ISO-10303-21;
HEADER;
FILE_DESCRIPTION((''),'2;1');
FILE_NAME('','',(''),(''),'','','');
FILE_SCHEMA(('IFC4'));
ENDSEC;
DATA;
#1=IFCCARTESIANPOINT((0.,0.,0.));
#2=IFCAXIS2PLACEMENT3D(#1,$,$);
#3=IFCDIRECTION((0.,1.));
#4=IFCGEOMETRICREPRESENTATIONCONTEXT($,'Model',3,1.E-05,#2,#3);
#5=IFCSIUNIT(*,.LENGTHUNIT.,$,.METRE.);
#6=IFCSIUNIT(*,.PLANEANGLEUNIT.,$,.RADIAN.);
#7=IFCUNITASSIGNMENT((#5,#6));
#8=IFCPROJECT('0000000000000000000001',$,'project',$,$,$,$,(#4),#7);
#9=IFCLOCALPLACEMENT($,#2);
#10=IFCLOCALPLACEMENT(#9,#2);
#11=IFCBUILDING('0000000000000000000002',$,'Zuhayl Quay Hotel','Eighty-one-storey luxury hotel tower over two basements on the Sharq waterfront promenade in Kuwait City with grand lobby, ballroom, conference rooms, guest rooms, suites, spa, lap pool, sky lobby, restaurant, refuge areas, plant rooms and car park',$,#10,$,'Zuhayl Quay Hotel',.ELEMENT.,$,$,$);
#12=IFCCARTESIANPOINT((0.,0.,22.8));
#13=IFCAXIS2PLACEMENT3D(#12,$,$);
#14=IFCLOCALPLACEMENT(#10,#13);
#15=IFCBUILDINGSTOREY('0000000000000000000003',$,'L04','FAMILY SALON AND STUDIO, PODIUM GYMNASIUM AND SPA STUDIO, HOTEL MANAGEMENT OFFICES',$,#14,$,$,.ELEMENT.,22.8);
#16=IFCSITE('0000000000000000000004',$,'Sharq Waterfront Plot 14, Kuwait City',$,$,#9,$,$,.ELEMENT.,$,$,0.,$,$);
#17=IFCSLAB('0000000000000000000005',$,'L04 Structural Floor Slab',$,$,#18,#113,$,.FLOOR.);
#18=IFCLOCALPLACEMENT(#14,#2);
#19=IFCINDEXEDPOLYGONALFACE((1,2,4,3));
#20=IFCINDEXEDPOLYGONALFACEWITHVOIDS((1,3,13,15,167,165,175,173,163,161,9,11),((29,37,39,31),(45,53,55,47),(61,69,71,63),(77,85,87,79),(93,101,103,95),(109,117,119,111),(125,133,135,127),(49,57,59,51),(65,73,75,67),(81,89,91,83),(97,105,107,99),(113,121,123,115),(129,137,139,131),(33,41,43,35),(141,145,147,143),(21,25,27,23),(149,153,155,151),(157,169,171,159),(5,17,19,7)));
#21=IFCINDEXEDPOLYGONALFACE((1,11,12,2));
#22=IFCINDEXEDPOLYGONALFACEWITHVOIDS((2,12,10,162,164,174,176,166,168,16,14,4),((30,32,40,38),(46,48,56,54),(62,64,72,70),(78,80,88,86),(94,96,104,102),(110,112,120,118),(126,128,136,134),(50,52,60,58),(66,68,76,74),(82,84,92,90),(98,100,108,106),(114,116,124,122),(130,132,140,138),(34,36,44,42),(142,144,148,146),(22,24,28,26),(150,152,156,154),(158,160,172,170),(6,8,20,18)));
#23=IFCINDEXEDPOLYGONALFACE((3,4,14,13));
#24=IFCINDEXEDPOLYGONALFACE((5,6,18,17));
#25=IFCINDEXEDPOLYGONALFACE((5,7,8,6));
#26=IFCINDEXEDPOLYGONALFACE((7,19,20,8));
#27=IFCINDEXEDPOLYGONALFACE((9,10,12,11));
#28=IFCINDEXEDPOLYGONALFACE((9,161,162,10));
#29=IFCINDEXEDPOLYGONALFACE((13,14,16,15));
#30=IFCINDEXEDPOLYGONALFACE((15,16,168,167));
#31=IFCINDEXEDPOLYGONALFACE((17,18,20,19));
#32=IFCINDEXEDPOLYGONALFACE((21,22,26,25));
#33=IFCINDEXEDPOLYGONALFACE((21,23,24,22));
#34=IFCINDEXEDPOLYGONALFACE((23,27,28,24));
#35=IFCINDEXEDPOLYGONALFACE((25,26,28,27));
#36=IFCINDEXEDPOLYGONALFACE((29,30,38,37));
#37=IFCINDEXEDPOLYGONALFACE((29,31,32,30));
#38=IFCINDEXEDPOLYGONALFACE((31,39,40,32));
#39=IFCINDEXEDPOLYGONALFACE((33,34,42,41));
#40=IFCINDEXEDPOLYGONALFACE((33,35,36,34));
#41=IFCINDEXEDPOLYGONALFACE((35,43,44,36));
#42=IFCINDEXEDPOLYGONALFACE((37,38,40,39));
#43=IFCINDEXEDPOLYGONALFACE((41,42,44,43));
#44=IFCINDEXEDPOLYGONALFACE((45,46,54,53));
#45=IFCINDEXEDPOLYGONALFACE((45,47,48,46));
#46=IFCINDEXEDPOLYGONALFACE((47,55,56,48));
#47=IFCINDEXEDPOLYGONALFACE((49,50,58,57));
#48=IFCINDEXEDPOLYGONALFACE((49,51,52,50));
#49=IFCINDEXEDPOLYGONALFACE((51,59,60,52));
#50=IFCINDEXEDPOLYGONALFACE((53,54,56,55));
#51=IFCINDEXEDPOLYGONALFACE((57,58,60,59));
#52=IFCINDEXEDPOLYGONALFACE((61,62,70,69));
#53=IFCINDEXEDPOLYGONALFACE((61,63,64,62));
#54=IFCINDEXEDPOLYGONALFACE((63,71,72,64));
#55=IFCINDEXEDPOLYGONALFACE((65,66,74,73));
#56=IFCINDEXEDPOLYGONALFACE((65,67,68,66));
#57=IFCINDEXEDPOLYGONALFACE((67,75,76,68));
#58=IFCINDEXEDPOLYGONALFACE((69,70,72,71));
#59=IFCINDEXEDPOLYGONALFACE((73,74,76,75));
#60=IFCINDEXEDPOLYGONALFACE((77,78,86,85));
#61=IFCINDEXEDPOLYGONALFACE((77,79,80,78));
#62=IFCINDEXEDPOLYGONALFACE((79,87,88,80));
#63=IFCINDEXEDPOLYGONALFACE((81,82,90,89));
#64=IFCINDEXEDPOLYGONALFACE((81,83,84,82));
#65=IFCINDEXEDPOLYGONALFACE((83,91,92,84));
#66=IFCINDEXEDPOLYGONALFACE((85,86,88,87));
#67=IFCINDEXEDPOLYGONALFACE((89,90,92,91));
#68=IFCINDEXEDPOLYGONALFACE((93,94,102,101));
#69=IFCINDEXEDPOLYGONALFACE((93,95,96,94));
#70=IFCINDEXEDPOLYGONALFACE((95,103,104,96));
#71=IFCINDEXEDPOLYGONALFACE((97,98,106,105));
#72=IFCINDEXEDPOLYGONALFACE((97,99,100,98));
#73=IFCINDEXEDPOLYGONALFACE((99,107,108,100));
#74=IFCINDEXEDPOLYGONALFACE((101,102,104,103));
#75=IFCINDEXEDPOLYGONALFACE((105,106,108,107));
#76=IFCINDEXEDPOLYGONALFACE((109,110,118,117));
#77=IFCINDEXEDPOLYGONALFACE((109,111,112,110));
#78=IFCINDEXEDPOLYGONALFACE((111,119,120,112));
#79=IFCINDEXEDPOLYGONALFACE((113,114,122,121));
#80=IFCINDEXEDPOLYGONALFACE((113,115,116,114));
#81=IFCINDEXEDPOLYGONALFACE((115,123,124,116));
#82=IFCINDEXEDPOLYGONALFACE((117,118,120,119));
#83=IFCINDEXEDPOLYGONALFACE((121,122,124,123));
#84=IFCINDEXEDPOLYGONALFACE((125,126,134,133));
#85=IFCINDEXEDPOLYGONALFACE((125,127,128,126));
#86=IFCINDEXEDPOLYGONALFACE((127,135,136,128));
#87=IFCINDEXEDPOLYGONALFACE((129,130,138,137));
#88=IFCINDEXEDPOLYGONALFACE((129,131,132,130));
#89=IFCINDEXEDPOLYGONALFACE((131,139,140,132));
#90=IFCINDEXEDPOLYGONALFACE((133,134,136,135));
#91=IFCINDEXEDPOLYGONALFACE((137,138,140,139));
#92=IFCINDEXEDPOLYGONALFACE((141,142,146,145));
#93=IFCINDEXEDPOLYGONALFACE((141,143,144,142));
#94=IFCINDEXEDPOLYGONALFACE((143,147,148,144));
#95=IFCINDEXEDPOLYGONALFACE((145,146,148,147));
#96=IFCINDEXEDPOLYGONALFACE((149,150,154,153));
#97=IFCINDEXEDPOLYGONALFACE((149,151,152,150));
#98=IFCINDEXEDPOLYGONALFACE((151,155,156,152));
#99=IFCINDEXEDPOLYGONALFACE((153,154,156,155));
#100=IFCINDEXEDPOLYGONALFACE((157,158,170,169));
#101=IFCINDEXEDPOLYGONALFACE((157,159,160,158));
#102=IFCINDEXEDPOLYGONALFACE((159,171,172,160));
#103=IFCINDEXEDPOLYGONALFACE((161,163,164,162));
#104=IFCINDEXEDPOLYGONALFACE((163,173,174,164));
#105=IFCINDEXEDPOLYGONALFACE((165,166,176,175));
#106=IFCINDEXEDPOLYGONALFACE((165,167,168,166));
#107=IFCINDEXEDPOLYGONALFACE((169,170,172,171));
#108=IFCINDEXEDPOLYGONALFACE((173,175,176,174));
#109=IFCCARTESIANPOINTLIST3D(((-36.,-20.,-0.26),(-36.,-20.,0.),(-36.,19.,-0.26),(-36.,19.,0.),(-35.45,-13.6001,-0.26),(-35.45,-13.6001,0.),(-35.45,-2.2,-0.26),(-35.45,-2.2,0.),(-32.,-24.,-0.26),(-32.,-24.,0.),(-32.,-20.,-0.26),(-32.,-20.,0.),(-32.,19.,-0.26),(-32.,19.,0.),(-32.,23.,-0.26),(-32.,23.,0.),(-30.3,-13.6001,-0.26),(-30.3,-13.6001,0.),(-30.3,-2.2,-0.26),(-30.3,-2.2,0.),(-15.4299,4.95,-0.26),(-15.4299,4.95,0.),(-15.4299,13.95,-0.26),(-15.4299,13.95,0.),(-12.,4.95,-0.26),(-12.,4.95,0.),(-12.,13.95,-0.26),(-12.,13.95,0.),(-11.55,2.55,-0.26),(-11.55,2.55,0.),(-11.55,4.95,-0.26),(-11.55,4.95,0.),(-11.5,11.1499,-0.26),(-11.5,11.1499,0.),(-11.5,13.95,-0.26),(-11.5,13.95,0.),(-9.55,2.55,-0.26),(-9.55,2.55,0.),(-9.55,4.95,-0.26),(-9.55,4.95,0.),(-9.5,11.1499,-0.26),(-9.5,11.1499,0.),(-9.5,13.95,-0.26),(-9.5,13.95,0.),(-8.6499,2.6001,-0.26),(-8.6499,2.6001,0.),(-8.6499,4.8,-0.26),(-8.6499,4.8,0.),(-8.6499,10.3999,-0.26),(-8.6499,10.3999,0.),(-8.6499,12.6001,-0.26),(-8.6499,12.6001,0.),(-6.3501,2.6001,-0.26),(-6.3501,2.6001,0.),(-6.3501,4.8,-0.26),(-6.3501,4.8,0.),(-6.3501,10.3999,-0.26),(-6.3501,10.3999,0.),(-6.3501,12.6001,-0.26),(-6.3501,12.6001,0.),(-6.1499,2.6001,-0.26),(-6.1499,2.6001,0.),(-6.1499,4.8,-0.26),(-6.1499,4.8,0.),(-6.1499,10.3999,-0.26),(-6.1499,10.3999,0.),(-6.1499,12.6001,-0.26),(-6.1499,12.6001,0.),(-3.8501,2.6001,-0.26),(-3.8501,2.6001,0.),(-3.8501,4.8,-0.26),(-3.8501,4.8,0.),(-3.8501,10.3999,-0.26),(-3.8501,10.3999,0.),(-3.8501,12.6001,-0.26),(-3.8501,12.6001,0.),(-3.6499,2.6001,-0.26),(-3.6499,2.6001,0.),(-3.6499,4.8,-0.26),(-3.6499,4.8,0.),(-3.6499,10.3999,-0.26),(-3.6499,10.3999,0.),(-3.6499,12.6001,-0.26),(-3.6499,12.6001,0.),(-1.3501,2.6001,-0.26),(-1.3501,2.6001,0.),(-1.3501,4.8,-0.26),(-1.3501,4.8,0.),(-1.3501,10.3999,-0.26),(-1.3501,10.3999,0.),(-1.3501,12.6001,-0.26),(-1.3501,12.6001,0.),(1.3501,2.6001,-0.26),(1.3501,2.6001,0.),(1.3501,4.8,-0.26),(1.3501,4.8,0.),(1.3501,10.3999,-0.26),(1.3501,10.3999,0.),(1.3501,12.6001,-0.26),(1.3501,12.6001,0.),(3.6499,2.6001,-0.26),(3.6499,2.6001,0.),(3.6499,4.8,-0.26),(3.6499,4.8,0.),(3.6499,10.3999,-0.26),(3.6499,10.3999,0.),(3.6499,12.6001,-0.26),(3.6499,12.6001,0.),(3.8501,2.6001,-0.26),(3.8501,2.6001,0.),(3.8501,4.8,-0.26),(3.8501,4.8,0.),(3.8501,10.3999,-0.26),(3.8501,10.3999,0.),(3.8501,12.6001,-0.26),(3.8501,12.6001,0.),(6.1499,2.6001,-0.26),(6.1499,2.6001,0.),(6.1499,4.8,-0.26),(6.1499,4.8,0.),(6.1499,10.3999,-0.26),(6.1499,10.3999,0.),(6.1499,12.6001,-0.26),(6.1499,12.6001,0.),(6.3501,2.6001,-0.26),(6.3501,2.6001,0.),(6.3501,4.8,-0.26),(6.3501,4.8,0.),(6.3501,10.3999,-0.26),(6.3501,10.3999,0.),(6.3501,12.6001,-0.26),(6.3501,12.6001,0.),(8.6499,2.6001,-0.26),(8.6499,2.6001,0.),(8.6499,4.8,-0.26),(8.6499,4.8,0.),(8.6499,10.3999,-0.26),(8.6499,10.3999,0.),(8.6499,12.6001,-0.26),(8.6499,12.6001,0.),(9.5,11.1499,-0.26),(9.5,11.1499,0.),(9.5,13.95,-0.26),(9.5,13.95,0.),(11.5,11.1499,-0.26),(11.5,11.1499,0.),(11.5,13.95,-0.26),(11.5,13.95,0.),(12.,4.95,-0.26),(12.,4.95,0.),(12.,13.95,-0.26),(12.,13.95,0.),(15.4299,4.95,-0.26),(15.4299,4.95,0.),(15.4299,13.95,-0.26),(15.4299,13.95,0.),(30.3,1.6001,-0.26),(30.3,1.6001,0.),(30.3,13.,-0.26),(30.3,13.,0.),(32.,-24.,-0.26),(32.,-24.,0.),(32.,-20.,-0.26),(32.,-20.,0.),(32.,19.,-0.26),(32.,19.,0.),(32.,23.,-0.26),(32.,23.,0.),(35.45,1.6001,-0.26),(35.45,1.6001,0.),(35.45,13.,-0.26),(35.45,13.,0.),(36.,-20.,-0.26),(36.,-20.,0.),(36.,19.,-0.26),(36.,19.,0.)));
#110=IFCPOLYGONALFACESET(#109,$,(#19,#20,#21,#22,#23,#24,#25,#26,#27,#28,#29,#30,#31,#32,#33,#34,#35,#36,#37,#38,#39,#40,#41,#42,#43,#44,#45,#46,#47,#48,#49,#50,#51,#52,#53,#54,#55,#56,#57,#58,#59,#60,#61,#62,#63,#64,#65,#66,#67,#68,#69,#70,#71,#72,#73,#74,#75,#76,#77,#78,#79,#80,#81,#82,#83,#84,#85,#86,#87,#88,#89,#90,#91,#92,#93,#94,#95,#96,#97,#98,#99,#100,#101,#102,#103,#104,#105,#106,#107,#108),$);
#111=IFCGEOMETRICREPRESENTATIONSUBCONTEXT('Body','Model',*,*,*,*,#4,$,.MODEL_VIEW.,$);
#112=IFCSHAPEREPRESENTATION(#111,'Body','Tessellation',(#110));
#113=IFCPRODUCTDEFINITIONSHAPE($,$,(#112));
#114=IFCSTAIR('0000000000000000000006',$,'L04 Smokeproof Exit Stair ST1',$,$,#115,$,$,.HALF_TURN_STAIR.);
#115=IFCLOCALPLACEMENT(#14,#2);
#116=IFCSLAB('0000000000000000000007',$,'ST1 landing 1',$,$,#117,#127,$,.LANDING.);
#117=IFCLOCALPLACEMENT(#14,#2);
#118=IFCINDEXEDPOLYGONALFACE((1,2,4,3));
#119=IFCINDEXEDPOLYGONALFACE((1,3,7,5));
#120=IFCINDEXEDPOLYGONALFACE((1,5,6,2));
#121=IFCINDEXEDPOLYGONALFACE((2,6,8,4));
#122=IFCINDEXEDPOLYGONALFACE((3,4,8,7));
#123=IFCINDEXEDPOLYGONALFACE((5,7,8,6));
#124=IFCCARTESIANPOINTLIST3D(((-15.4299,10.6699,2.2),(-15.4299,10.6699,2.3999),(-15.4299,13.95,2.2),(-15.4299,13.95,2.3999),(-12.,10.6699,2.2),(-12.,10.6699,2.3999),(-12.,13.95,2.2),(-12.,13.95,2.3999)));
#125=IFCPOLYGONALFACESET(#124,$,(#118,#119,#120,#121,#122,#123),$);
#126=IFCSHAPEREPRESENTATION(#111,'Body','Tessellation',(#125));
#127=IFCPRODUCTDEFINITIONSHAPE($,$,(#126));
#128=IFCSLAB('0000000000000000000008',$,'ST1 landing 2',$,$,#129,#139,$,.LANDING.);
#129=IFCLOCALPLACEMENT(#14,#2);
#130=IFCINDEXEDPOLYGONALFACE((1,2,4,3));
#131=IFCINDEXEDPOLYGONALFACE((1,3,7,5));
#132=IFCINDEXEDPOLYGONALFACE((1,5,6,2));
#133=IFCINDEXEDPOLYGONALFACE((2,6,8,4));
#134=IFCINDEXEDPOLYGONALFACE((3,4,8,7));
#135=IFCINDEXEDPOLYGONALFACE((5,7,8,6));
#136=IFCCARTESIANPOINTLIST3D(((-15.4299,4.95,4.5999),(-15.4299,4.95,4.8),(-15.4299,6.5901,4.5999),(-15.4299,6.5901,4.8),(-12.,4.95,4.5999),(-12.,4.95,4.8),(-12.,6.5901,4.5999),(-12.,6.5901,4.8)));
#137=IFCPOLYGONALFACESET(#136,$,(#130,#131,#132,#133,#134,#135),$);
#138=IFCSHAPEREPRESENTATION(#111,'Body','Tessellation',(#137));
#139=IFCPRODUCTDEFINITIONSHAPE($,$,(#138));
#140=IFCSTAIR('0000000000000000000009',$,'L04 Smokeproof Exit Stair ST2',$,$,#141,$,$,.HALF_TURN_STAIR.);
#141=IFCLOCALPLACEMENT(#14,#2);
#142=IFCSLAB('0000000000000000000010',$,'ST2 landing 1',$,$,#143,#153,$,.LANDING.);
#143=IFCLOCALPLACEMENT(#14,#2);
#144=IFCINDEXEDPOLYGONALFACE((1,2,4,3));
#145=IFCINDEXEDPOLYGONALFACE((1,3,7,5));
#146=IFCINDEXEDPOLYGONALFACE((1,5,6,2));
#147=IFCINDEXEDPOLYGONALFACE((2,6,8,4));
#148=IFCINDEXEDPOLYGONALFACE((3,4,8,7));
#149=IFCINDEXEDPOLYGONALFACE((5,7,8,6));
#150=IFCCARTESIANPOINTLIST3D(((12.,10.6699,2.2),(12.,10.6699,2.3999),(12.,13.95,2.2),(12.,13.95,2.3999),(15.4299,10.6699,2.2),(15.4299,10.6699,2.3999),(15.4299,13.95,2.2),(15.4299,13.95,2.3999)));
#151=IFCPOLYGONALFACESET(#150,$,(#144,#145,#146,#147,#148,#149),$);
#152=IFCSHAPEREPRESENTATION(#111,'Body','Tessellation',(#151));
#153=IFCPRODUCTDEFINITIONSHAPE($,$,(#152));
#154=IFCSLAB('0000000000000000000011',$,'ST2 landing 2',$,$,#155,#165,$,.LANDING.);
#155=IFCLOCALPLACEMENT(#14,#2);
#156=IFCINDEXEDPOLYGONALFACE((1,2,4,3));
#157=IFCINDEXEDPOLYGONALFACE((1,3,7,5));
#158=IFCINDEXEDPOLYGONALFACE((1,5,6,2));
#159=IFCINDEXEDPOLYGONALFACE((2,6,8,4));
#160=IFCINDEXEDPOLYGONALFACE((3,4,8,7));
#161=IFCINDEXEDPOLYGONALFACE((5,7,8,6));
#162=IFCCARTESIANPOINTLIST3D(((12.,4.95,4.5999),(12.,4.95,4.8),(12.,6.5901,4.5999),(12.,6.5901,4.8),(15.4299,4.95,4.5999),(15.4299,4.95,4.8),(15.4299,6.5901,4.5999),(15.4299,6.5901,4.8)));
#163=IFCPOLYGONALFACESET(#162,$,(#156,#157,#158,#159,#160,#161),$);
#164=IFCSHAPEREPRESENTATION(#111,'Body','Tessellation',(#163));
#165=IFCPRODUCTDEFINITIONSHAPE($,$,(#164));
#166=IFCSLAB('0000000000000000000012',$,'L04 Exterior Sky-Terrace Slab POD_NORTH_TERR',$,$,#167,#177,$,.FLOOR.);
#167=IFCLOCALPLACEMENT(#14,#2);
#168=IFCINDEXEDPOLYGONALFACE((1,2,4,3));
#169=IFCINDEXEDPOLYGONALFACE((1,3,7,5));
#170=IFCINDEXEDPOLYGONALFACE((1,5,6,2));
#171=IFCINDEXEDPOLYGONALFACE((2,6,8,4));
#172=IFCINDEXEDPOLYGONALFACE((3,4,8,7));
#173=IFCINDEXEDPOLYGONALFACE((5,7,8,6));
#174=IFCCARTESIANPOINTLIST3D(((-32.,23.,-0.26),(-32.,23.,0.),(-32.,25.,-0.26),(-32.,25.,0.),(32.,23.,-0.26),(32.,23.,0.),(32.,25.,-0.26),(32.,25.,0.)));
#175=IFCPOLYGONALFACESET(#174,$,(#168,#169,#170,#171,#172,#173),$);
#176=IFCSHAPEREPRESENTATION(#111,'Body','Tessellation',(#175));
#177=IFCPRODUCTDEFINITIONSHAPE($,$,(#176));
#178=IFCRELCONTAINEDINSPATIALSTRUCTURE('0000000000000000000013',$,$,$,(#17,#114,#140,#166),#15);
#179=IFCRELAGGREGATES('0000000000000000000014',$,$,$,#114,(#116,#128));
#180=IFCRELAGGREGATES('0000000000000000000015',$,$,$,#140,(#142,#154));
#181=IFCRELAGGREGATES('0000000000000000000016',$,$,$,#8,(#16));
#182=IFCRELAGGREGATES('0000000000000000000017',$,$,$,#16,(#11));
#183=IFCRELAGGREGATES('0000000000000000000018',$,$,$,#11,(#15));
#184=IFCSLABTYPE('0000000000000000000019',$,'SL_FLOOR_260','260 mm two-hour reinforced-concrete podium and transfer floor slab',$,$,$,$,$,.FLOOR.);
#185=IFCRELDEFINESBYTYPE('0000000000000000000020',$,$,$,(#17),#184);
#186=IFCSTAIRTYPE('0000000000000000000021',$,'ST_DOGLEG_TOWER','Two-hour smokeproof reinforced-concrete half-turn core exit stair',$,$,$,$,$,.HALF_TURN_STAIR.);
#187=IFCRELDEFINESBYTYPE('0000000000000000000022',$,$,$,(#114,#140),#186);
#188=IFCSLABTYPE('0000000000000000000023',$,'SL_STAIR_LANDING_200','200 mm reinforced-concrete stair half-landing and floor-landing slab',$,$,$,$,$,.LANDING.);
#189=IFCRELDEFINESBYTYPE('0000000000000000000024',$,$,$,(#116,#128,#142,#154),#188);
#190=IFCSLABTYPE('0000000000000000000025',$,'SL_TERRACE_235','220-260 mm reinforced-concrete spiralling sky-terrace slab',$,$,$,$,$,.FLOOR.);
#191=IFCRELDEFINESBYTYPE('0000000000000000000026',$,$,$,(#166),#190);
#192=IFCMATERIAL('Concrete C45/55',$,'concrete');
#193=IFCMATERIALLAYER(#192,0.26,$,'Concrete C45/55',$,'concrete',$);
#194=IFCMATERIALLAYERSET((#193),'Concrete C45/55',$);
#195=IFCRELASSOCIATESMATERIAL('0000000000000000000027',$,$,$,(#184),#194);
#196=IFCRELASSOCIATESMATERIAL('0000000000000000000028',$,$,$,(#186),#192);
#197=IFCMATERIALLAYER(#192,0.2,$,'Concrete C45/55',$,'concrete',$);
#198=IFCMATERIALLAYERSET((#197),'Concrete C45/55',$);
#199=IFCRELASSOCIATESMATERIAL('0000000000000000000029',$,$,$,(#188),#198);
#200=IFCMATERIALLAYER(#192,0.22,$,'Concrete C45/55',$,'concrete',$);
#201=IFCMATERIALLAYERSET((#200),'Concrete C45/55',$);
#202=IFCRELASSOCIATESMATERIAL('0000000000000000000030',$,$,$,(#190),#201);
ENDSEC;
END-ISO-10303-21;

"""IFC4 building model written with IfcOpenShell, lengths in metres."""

from ifc_helpers import new_model, si_unit, direction, frame, origin, place, context, subcontext, project, spatial, polyline, outline, extrude, material, layer, layer_set, type_object, element, aggregate, save


model = new_model("IFC4")

# Units and contexts
model_context = context("Model", 3, precision=1e-05, world=origin(), true_north=direction((0.0, 1.0)))
body_context = subcontext(model_context, "Body", "Model", "MODEL_VIEW")
ifc_project = project(units=[si_unit("LENGTHUNIT", "METRE"), si_unit("PLANEANGLEUNIT", "RADIAN")], contexts=[model_context])

# Site, building, storey
site_placement = place(None, origin())
site = spatial("IfcSite", under=ifc_project, at=site_placement, Name="Sharq Waterfront Plot 14, Kuwait City", CompositionType="ELEMENT", RefElevation=0.0)
building_placement = place(site_placement, origin())
building = spatial("IfcBuilding", under=site, at=building_placement, Name="Zuhayl Quay Hotel", Description="Eighty-one-storey luxury hotel tower over two basements on the Sharq waterfront promenade in Kuwait City with grand lobby, ballroom, conference rooms, guest rooms, suites, spa, lap pool, sky lobby, restaurant, refuge areas, plant rooms and car park", LongName="Zuhayl Quay Hotel", CompositionType="ELEMENT")
storey_placement = place(building_placement, frame((0.0, 0.0, 22.8)))
storey = spatial("IfcBuildingStorey", under=building, at=storey_placement, Name="L04", Description="FAMILY SALON AND STUDIO, PODIUM GYMNASIUM AND SPA STUDIO, HOTEL MANAGEMENT OFFICES", CompositionType="ELEMENT", Elevation=22.8)

# Slab
ifc_material_1 = material(Name="Concrete C45/55", Category="concrete")
ifc_layer_1 = layer(ifc_material_1, 0.26, Name="Concrete C45/55", Category="concrete")
ifc_layer_set_1 = layer_set([ifc_layer_1], Name="Concrete C45/55")
slab_type_1 = type_object("IfcSlabType", Name="SL_FLOOR_260", Description="260 mm two-hour reinforced-concrete podium and transfer floor slab", PredefinedType="FLOOR", material=ifc_layer_set_1)
slab_1_placement = place(storey_placement, frame((0.0, 0.0, -0.26)))
element("IfcSlab", 1, at=slab_1_placement, inside=storey, type_object=slab_type_1, Name="L04 Structural Floor Slab", PredefinedType="FLOOR", context=body_context, shape_type="SweptSolid", body=[
    extrude(outline(polyline([(-32.0, -24.0), (32.0, -24.0), (32.0, -20.0), (36.0, -20.0), (36.0, 19.0), (32.0, 19.0), (32.0, 23.0), (-32.0, 23.0), (-32.0, 19.0), (-36.0, 19.0), (-36.0, -20.0), (-32.0, -20.0), (-32.0, -24.0)]), holes=[polyline([(-12.0, 4.95), (-12.0, 13.95), (-15.4299, 13.95), (-15.4299, 4.95), (-12.0, 4.95)]), polyline([(15.4299, 4.95), (15.4299, 13.95), (12.0, 13.95), (12.0, 4.95), (15.4299, 4.95)]), polyline([(-30.3, -13.6001), (-30.3, -2.2), (-35.45, -2.2), (-35.45, -13.6001), (-30.3, -13.6001)]), polyline([(35.45, 1.6001), (35.45, 13.0), (30.3, 13.0), (30.3, 1.6001), (35.45, 1.6001)]), polyline([(-11.5, 11.1499), (-9.5, 11.1499), (-9.5, 13.95), (-11.5, 13.95), (-11.5, 11.1499)]), polyline([(9.5, 11.1499), (11.5, 11.1499), (11.5, 13.95), (9.5, 13.95), (9.5, 11.1499)]), polyline([(-8.6499, 2.6001), (-6.3501, 2.6001), (-6.3501, 4.8), (-8.6499, 4.8), (-8.6499, 2.6001)]), polyline([(-6.1499, 2.6001), (-3.8501, 2.6001), (-3.8501, 4.8), (-6.1499, 4.8), (-6.1499, 2.6001)]), polyline([(-8.6499, 10.3999), (-6.3501, 10.3999), (-6.3501, 12.6001), (-8.6499, 12.6001), (-8.6499, 10.3999)]), polyline([(-6.1499, 10.3999), (-3.8501, 10.3999), (-3.8501, 12.6001), (-6.1499, 12.6001), (-6.1499, 10.3999)]), polyline([(-3.6499, 2.6001), (-1.3501, 2.6001), (-1.3501, 4.8), (-3.6499, 4.8), (-3.6499, 2.6001)]), polyline([(1.3501, 2.6001), (3.6499, 2.6001), (3.6499, 4.8), (1.3501, 4.8), (1.3501, 2.6001)]), polyline([(-3.6499, 10.3999), (-1.3501, 10.3999), (-1.3501, 12.6001), (-3.6499, 12.6001), (-3.6499, 10.3999)]), polyline([(1.3501, 10.3999), (3.6499, 10.3999), (3.6499, 12.6001), (1.3501, 12.6001), (1.3501, 10.3999)]), polyline([(3.8501, 2.6001), (6.1499, 2.6001), (6.1499, 4.8), (3.8501, 4.8), (3.8501, 2.6001)]), polyline([(6.3501, 2.6001), (8.6499, 2.6001), (8.6499, 4.8), (6.3501, 4.8), (6.3501, 2.6001)]), polyline([(3.8501, 10.3999), (6.1499, 10.3999), (6.1499, 12.6001), (3.8501, 12.6001), (3.8501, 10.3999)]), polyline([(6.3501, 10.3999), (8.6499, 10.3999), (8.6499, 12.6001), (6.3501, 12.6001), (6.3501, 10.3999)]), polyline([(-11.55, 2.55), (-9.55, 2.55), (-9.55, 4.95), (-11.55, 4.95), (-11.55, 2.55)])]), origin(), (0.0, 0.0, 1.0), 0.26),
])

# Stairs, slabs
stair_type = type_object("IfcStairType", Name="ST_DOGLEG_TOWER", Description="Two-hour smokeproof reinforced-concrete half-turn core exit stair", PredefinedType="HALF_TURN_STAIR", material=ifc_material_1)
stair_1_placement = place(storey_placement, origin())
stair_1 = element("IfcStair", 2, at=stair_1_placement, inside=storey, type_object=stair_type, Name="L04 Smokeproof Exit Stair ST1", PredefinedType="HALF_TURN_STAIR")
ifc_layer_2 = layer(ifc_material_1, 0.2, Name="Concrete C45/55", Category="concrete")
ifc_layer_set_2 = layer_set([ifc_layer_2], Name="Concrete C45/55")
slab_type_2 = type_object("IfcSlabType", Name="SL_STAIR_LANDING_200", Description="200 mm reinforced-concrete stair half-landing and floor-landing slab", PredefinedType="LANDING", material=ifc_layer_set_2)
slab_2_placement = place(storey_placement, frame((0.0, 0.0, 2.2)))
slab_2 = element("IfcSlab", 3, at=slab_2_placement, type_object=slab_type_2, Name="ST1 landing 1", PredefinedType="LANDING", context=body_context, shape_type="SweptSolid", body=[
    extrude(outline(polyline([(-12.0, 10.6699), (-12.0, 13.95), (-15.4299, 13.95), (-15.4299, 10.6699), (-12.0, 10.6699)])), origin(), (0.0, 0.0, 1.0), 0.2),
])
slab_3_placement = place(storey_placement, frame((0.0, 0.0, 4.5999)))
slab_3 = element("IfcSlab", 4, at=slab_3_placement, type_object=slab_type_2, Name="ST1 landing 2", PredefinedType="LANDING", context=body_context, shape_type="SweptSolid", body=[
    extrude(outline(polyline([(-12.0, 4.95), (-12.0, 6.5901), (-15.4299, 6.5901), (-15.4299, 4.95), (-12.0, 4.95)])), origin(), (0.0, 0.0, 1.0), 0.2002),
])
aggregate(stair_1, [slab_2, slab_3])
stair_2_placement = place(storey_placement, origin())
stair_2 = element("IfcStair", 5, at=stair_2_placement, inside=storey, type_object=stair_type, Name="L04 Smokeproof Exit Stair ST2", PredefinedType="HALF_TURN_STAIR")
slab_4_placement = place(storey_placement, frame((0.0, 0.0, 2.2)))
slab_4 = element("IfcSlab", 6, at=slab_4_placement, type_object=slab_type_2, Name="ST2 landing 1", PredefinedType="LANDING", context=body_context, shape_type="SweptSolid", body=[
    extrude(outline(polyline([(15.4299, 10.6699), (15.4299, 13.95), (12.0, 13.95), (12.0, 10.6699), (15.4299, 10.6699)])), origin(), (0.0, 0.0, 1.0), 0.2),
])
slab_5_placement = place(storey_placement, frame((0.0, 0.0, 4.5999)))
slab_5 = element("IfcSlab", 7, at=slab_5_placement, type_object=slab_type_2, Name="ST2 landing 2", PredefinedType="LANDING", context=body_context, shape_type="SweptSolid", body=[
    extrude(outline(polyline([(15.4299, 4.95), (15.4299, 6.5901), (12.0, 6.5901), (12.0, 4.95), (15.4299, 4.95)])), origin(), (0.0, 0.0, 1.0), 0.2002),
])
aggregate(stair_2, [slab_4, slab_5])

# Slab
ifc_layer_3 = layer(ifc_material_1, 0.22, Name="Concrete C45/55", Category="concrete")
ifc_layer_set_3 = layer_set([ifc_layer_3], Name="Concrete C45/55")
slab_type_3 = type_object("IfcSlabType", Name="SL_TERRACE_235", Description="220-260 mm reinforced-concrete spiralling sky-terrace slab", PredefinedType="FLOOR", material=ifc_layer_set_3)
slab_6_placement = place(storey_placement, frame((0.0, 0.0, -0.26)))
element("IfcSlab", 8, at=slab_6_placement, inside=storey, type_object=slab_type_3, Name="L04 Exterior Sky-Terrace Slab POD_NORTH_TERR", PredefinedType="FLOOR", context=body_context, shape_type="SweptSolid", body=[
    extrude(outline(polyline([(-32.0, 23.0), (32.0, 23.0), (32.0, 25.0), (-32.0, 25.0), (-32.0, 23.0)])), origin(), (0.0, 0.0, 1.0), 0.26),
])

save(model, "model.ifc")
